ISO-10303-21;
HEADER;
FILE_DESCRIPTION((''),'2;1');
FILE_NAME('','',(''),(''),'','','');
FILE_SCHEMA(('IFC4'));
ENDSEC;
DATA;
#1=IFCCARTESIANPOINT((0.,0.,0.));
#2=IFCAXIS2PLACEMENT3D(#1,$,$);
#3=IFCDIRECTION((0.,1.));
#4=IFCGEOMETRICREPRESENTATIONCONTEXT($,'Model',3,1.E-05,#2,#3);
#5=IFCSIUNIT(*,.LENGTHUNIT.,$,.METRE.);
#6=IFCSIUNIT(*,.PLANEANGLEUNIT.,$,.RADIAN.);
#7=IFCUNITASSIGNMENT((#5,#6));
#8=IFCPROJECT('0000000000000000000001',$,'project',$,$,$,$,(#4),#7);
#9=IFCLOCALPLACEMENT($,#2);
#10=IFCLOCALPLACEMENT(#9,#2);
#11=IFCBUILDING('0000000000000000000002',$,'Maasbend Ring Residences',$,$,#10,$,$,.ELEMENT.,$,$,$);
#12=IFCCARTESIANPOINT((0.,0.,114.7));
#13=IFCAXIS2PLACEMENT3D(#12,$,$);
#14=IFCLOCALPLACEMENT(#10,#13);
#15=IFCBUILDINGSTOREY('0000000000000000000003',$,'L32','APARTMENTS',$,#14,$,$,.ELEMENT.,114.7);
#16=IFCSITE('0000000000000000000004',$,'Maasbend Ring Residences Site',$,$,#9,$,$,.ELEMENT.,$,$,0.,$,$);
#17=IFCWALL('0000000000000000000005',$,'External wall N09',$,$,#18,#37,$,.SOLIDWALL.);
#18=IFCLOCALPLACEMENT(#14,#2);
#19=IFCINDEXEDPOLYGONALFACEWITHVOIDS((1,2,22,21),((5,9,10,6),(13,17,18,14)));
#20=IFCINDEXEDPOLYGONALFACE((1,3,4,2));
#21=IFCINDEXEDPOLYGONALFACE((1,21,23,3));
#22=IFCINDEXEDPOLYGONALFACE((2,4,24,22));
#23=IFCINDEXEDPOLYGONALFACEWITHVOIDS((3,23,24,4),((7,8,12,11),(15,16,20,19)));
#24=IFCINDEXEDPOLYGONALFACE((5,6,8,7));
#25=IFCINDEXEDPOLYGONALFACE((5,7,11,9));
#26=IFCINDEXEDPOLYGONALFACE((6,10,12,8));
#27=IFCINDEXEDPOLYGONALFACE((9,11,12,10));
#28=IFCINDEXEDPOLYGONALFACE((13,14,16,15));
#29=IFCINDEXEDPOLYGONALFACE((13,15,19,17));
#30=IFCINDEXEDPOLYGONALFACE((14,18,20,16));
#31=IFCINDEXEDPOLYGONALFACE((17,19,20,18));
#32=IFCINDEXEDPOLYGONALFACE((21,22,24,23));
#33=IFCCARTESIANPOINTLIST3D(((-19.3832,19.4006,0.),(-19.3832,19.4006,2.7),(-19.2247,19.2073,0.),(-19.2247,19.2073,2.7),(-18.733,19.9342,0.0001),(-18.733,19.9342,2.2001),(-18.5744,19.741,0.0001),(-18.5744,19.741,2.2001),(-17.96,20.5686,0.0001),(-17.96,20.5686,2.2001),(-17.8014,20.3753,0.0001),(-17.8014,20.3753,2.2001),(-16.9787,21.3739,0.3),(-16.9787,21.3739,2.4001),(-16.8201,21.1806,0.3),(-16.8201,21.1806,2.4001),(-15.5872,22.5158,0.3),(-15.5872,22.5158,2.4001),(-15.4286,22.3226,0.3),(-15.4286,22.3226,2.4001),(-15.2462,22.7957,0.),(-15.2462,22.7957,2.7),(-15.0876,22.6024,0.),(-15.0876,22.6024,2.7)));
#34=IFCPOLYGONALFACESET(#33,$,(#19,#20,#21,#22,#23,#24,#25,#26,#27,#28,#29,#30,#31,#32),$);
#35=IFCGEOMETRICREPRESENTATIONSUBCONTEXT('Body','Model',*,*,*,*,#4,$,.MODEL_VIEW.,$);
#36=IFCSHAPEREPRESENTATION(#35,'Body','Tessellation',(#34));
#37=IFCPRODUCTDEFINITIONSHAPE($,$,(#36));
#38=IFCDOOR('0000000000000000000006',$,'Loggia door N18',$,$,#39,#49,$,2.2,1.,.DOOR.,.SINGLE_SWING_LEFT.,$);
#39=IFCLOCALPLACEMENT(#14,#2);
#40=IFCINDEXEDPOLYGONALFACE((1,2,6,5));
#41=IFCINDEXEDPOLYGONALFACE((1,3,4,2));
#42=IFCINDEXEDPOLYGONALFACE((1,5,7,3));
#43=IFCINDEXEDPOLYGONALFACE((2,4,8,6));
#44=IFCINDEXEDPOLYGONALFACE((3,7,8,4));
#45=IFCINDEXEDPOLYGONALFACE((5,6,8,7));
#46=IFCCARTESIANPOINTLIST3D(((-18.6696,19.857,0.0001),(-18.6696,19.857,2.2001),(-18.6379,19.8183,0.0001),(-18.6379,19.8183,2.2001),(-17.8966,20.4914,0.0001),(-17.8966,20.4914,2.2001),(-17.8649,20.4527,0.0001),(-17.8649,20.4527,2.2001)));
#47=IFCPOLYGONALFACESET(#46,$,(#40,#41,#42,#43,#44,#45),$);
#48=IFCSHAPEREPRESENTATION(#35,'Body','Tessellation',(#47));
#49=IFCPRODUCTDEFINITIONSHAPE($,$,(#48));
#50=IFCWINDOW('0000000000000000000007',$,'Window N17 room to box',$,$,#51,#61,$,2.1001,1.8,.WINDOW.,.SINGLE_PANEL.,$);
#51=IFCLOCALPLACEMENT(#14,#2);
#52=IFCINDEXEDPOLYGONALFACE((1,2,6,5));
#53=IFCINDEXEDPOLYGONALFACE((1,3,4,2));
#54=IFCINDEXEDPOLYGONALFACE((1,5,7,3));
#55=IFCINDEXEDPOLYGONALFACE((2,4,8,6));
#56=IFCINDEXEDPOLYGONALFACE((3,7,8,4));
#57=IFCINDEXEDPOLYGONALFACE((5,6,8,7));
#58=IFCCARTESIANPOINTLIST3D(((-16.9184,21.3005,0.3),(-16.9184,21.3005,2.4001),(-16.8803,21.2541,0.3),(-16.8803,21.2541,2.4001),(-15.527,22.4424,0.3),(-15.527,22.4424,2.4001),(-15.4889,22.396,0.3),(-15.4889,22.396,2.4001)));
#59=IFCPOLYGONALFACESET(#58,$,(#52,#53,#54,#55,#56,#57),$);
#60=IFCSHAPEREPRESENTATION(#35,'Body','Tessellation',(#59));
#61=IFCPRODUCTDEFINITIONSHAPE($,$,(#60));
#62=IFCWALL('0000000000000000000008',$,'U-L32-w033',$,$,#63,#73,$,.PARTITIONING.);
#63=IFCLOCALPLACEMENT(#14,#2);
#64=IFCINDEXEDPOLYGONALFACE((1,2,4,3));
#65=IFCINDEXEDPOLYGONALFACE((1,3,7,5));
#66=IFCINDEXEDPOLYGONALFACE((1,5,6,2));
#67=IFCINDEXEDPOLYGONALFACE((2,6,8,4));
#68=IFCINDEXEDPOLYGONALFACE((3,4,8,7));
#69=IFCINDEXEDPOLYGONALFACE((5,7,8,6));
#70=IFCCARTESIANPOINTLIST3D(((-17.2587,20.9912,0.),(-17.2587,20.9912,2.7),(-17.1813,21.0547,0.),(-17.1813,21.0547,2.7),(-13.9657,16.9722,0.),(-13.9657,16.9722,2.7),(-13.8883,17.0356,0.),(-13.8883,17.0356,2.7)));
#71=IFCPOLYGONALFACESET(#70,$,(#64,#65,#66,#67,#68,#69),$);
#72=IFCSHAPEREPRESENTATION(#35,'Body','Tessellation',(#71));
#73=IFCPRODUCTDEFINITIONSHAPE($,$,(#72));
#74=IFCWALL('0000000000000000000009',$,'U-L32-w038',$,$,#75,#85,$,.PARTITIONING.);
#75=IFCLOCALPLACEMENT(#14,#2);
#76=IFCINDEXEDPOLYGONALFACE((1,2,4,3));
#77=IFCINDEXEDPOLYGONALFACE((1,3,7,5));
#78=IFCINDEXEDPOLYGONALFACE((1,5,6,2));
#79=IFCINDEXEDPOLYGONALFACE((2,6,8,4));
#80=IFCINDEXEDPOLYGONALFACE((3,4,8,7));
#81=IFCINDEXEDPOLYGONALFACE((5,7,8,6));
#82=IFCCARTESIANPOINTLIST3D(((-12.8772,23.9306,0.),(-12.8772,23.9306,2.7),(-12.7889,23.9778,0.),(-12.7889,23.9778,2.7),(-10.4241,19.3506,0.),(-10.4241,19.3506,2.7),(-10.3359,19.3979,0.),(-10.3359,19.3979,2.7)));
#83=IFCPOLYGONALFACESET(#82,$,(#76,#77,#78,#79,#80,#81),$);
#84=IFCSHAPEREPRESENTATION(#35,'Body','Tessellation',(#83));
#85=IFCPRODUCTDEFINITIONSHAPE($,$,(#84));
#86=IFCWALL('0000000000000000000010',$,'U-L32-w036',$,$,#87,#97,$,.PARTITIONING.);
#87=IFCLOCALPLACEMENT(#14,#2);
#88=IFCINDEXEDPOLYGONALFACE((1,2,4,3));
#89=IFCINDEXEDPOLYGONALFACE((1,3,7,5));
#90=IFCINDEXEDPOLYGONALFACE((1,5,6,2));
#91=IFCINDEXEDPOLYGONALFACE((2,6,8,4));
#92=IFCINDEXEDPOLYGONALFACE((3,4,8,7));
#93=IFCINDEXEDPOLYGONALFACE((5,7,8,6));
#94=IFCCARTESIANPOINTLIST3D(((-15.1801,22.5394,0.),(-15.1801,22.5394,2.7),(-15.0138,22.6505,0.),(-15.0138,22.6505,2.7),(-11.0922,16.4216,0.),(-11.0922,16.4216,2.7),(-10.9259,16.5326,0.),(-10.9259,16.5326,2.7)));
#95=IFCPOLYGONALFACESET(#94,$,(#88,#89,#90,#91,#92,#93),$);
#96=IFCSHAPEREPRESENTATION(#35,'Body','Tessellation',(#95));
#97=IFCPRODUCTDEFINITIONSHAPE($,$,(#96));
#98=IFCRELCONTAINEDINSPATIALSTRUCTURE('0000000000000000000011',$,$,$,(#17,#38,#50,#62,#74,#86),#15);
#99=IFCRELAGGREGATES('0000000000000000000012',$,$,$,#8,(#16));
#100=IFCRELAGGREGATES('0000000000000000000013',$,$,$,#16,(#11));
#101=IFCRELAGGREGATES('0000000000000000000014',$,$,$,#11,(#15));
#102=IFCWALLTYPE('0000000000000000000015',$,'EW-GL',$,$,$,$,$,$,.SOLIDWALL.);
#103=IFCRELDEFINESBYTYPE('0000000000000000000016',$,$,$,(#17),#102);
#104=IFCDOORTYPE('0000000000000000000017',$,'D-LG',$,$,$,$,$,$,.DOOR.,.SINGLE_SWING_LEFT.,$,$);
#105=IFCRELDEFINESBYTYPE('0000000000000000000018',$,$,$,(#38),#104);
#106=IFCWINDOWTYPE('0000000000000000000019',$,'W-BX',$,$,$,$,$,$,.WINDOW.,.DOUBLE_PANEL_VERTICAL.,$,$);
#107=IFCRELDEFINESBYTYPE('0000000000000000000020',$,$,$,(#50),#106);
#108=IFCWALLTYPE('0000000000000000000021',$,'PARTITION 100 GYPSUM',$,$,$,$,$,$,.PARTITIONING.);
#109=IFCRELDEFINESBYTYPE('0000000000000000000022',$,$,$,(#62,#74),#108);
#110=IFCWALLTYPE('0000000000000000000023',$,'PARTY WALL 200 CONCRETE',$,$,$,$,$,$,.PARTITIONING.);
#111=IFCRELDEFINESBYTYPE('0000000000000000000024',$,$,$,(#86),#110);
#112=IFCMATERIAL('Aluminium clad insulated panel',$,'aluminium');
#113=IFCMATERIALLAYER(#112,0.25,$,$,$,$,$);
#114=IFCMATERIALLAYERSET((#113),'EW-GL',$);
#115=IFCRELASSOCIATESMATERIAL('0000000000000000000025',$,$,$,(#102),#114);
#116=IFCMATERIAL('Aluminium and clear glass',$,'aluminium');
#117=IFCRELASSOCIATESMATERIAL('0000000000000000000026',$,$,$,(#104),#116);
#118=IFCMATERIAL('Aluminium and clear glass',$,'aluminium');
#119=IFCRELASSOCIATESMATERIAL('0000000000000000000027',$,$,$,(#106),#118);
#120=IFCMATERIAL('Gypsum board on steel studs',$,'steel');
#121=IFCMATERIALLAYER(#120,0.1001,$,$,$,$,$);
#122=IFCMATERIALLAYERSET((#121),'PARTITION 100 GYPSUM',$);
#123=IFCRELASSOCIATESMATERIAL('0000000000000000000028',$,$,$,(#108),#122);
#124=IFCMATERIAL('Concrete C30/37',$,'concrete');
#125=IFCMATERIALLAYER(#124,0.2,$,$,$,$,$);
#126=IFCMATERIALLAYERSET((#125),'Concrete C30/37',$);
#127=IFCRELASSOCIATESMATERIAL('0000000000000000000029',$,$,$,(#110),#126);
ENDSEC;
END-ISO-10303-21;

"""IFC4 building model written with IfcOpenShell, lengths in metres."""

from ifc_helpers import new_model, si_unit, direction, frame, frame_2d, origin, place, context, subcontext, project, spatial, rectangle, extrude, material, layer, layer_set, type_object, element, fill, save


model = new_model("IFC4")

# Units and contexts
model_context = context("Model", 3, precision=1e-05, world=origin(), true_north=direction((0.0, 1.0)))
body_context = subcontext(model_context, "Body", "Model", "MODEL_VIEW")
ifc_project = project(units=[si_unit("LENGTHUNIT", "METRE"), si_unit("PLANEANGLEUNIT", "RADIAN")], contexts=[model_context])

# Site, building, storey
site_placement = place(None, origin())
site = spatial("IfcSite", under=ifc_project, at=site_placement, Name="Maasbend Ring Residences Site", CompositionType="ELEMENT", RefElevation=0.0)
building_placement = place(site_placement, origin())
building = spatial("IfcBuilding", under=site, at=building_placement, Name="Maasbend Ring Residences", CompositionType="ELEMENT")
storey_placement = place(building_placement, frame((0.0, 0.0, 114.7)))
storey = spatial("IfcBuildingStorey", under=building, at=storey_placement, Name="L32", Description="APARTMENTS", CompositionType="ELEMENT", Elevation=114.7)

# Wall, openings, door, window
ifc_material_1 = material(Name="Aluminium clad insulated panel", Category="aluminium")
ifc_layer_1 = layer(ifc_material_1, 0.25)
ifc_layer_set_1 = layer_set([ifc_layer_1], Name="EW-GL")
wall_type_1 = type_object("IfcWallType", Name="EW-GL", PredefinedType="SOLIDWALL", material=ifc_layer_set_1)
wall_1_placement = place(storey_placement, frame((-15.167, 22.699, 0.0), z_axis=(0.0, 0.0, 1.0), x_axis=(-0.773019, -0.634382, 0.0)))
wall_1 = element("IfcWall", 1, at=wall_1_placement, inside=storey, type_object=wall_type_1, Name="External wall N09", PredefinedType="SOLIDWALL", context=body_context, shape_type="SweptSolid", body=[
    extrude(rectangle(XDim=5.3518, YDim=0.25, at=frame_2d((2.6758, 0.0))), origin(), (0.0, 0.0, 1.0), 2.7),
])
opening_1_placement = place(wall_1_placement, frame((0.4412, 0.0, 0.3)))
opening_1 = element("IfcOpeningElement", 2, at=opening_1_placement, cuts=wall_1, PredefinedType="OPENING", context=body_context, shape_type="SweptSolid", body=[
    extrude(rectangle(XDim=1.8, YDim=2.1001, at=frame_2d((0.8999, 1.05))), frame((0.0, 0.135, 0.0), z_axis=(0.0, -1.0, 0.0), x_axis=(1.0, 0.0, 0.0)), (0.0, 0.0, 1.0), 0.27),
])
opening_2_placement = place(wall_1_placement, frame((3.5105, 0.0, 0.0)))
opening_2 = element("IfcOpeningElement", 3, at=opening_2_placement, cuts=wall_1, PredefinedType="OPENING", context=body_context, shape_type="SweptSolid", body=[
    extrude(rectangle(XDim=1.0, YDim=2.2, at=frame_2d((0.5, 1.1001))), frame((0.0, 0.135, 0.0), z_axis=(0.0, -1.0, 0.0), x_axis=(1.0, 0.0, 0.0)), (0.0, 0.0, 1.0), 0.27),
])
ifc_material_2 = material(Name="Aluminium and clear glass", Category="aluminium")
door_type = type_object("IfcDoorType", Name="D-LG", OperationType="SINGLE_SWING_LEFT", PredefinedType="DOOR", material=ifc_material_2)
door_placement = place(opening_2_placement, origin())
door = element("IfcDoor", 4, at=door_placement, inside=storey, type_object=door_type, Name="Loggia door N18", OperationType="SINGLE_SWING_LEFT", OverallHeight=2.2, OverallWidth=1.0, PredefinedType="DOOR", context=body_context, shape_type="SweptSolid", body=[
    extrude(rectangle(XDim=1.0, YDim=2.2, at=frame_2d((0.5, 1.1001))), frame((0.0, 0.0249, 0.0), z_axis=(0.0, -1.0, 0.0), x_axis=(1.0, 0.0, 0.0)), (0.0, 0.0, 1.0), 0.05),
])
fill(opening_2, door)
ifc_material_3 = material(Name="Aluminium and clear glass", Category="aluminium")
window_type_1 = type_object("IfcWindowType", Name="W-BX", PartitioningType="DOUBLE_PANEL_VERTICAL", PredefinedType="WINDOW", material=ifc_material_3)
window_1_placement = place(opening_1_placement, origin())
window_1 = element("IfcWindow", 5, at=window_1_placement, inside=storey, type_object=window_type_1, Name="Window N17 room to box", OverallHeight=2.1001, OverallWidth=1.8, PartitioningType="SINGLE_PANEL", PredefinedType="WINDOW", context=body_context, shape_type="SweptSolid", body=[
    extrude(rectangle(XDim=1.8, YDim=2.1001, at=frame_2d((0.8999, 1.05))), frame((0.0, 0.03, 0.0), z_axis=(0.0, -1.0, 0.0), x_axis=(1.0, 0.0, 0.0)), (0.0, 0.0, 1.0), 0.0601),
])
fill(opening_1, window_1)

# Walls
ifc_material_4 = material(Name="Gypsum board on steel studs", Category="steel")
ifc_layer_2 = layer(ifc_material_4, 0.1001)
ifc_layer_set_2 = layer_set([ifc_layer_2], Name="PARTITION 100 GYPSUM")
wall_type_2 = type_object("IfcWallType", Name="PARTITION 100 GYPSUM", PredefinedType="PARTITIONING", material=ifc_layer_set_2)
wall_2_placement = place(storey_placement, frame((-17.22, 21.0229, 0.0), z_axis=(0.0, 0.0, 1.0), x_axis=(0.633775, -0.773517, 0.0)))
element("IfcWall", 6, at=wall_2_placement, inside=storey, type_object=wall_type_2, Name="U-L32-w033", PredefinedType="PARTITIONING", context=body_context, shape_type="SweptSolid", body=[
    extrude(rectangle(XDim=5.1958, YDim=0.1001, at=frame_2d((2.5979, 0.0))), origin(), (0.0, 0.0, 1.0), 2.7),
])
wall_3_placement = place(storey_placement, frame((-12.833, 23.9541, 0.0), z_axis=(0.0, 0.0, 1.0), x_axis=(0.472148, -0.881519, 0.0)))
element("IfcWall", 7, at=wall_3_placement, inside=storey, type_object=wall_type_2, Name="U-L32-w038", PredefinedType="PARTITIONING", context=body_context, shape_type="SweptSolid", body=[
    extrude(rectangle(XDim=5.1956, YDim=0.1001, at=frame_2d((2.5977, 0.0))), origin(), (0.0, 0.0, 1.0), 2.7),
])
ifc_material_5 = material(Name="Concrete C30/37", Category="concrete")
ifc_layer_3 = layer(ifc_material_5, 0.2)
ifc_layer_set_3 = layer_set([ifc_layer_3], Name="Concrete C30/37")
wall_type_3 = type_object("IfcWallType", Name="PARTY WALL 200 CONCRETE", PredefinedType="PARTITIONING", material=ifc_layer_set_3)
wall_4_placement = place(storey_placement, frame((-15.0969, 22.595, 0.0), z_axis=(0.0, 0.0, 1.0), x_axis=(0.555573, -0.831468, 0.0)))
element("IfcWall", 8, at=wall_4_placement, inside=storey, type_object=wall_type_3, Name="U-L32-w036", PredefinedType="PARTITIONING", context=body_context, shape_type="SweptSolid", body=[
    extrude(rectangle(XDim=7.3579, YDim=0.2, at=frame_2d((3.679, 0.0))), origin(), (0.0, 0.0, 1.0), 2.7),
])

save(model, "model.ifc")
